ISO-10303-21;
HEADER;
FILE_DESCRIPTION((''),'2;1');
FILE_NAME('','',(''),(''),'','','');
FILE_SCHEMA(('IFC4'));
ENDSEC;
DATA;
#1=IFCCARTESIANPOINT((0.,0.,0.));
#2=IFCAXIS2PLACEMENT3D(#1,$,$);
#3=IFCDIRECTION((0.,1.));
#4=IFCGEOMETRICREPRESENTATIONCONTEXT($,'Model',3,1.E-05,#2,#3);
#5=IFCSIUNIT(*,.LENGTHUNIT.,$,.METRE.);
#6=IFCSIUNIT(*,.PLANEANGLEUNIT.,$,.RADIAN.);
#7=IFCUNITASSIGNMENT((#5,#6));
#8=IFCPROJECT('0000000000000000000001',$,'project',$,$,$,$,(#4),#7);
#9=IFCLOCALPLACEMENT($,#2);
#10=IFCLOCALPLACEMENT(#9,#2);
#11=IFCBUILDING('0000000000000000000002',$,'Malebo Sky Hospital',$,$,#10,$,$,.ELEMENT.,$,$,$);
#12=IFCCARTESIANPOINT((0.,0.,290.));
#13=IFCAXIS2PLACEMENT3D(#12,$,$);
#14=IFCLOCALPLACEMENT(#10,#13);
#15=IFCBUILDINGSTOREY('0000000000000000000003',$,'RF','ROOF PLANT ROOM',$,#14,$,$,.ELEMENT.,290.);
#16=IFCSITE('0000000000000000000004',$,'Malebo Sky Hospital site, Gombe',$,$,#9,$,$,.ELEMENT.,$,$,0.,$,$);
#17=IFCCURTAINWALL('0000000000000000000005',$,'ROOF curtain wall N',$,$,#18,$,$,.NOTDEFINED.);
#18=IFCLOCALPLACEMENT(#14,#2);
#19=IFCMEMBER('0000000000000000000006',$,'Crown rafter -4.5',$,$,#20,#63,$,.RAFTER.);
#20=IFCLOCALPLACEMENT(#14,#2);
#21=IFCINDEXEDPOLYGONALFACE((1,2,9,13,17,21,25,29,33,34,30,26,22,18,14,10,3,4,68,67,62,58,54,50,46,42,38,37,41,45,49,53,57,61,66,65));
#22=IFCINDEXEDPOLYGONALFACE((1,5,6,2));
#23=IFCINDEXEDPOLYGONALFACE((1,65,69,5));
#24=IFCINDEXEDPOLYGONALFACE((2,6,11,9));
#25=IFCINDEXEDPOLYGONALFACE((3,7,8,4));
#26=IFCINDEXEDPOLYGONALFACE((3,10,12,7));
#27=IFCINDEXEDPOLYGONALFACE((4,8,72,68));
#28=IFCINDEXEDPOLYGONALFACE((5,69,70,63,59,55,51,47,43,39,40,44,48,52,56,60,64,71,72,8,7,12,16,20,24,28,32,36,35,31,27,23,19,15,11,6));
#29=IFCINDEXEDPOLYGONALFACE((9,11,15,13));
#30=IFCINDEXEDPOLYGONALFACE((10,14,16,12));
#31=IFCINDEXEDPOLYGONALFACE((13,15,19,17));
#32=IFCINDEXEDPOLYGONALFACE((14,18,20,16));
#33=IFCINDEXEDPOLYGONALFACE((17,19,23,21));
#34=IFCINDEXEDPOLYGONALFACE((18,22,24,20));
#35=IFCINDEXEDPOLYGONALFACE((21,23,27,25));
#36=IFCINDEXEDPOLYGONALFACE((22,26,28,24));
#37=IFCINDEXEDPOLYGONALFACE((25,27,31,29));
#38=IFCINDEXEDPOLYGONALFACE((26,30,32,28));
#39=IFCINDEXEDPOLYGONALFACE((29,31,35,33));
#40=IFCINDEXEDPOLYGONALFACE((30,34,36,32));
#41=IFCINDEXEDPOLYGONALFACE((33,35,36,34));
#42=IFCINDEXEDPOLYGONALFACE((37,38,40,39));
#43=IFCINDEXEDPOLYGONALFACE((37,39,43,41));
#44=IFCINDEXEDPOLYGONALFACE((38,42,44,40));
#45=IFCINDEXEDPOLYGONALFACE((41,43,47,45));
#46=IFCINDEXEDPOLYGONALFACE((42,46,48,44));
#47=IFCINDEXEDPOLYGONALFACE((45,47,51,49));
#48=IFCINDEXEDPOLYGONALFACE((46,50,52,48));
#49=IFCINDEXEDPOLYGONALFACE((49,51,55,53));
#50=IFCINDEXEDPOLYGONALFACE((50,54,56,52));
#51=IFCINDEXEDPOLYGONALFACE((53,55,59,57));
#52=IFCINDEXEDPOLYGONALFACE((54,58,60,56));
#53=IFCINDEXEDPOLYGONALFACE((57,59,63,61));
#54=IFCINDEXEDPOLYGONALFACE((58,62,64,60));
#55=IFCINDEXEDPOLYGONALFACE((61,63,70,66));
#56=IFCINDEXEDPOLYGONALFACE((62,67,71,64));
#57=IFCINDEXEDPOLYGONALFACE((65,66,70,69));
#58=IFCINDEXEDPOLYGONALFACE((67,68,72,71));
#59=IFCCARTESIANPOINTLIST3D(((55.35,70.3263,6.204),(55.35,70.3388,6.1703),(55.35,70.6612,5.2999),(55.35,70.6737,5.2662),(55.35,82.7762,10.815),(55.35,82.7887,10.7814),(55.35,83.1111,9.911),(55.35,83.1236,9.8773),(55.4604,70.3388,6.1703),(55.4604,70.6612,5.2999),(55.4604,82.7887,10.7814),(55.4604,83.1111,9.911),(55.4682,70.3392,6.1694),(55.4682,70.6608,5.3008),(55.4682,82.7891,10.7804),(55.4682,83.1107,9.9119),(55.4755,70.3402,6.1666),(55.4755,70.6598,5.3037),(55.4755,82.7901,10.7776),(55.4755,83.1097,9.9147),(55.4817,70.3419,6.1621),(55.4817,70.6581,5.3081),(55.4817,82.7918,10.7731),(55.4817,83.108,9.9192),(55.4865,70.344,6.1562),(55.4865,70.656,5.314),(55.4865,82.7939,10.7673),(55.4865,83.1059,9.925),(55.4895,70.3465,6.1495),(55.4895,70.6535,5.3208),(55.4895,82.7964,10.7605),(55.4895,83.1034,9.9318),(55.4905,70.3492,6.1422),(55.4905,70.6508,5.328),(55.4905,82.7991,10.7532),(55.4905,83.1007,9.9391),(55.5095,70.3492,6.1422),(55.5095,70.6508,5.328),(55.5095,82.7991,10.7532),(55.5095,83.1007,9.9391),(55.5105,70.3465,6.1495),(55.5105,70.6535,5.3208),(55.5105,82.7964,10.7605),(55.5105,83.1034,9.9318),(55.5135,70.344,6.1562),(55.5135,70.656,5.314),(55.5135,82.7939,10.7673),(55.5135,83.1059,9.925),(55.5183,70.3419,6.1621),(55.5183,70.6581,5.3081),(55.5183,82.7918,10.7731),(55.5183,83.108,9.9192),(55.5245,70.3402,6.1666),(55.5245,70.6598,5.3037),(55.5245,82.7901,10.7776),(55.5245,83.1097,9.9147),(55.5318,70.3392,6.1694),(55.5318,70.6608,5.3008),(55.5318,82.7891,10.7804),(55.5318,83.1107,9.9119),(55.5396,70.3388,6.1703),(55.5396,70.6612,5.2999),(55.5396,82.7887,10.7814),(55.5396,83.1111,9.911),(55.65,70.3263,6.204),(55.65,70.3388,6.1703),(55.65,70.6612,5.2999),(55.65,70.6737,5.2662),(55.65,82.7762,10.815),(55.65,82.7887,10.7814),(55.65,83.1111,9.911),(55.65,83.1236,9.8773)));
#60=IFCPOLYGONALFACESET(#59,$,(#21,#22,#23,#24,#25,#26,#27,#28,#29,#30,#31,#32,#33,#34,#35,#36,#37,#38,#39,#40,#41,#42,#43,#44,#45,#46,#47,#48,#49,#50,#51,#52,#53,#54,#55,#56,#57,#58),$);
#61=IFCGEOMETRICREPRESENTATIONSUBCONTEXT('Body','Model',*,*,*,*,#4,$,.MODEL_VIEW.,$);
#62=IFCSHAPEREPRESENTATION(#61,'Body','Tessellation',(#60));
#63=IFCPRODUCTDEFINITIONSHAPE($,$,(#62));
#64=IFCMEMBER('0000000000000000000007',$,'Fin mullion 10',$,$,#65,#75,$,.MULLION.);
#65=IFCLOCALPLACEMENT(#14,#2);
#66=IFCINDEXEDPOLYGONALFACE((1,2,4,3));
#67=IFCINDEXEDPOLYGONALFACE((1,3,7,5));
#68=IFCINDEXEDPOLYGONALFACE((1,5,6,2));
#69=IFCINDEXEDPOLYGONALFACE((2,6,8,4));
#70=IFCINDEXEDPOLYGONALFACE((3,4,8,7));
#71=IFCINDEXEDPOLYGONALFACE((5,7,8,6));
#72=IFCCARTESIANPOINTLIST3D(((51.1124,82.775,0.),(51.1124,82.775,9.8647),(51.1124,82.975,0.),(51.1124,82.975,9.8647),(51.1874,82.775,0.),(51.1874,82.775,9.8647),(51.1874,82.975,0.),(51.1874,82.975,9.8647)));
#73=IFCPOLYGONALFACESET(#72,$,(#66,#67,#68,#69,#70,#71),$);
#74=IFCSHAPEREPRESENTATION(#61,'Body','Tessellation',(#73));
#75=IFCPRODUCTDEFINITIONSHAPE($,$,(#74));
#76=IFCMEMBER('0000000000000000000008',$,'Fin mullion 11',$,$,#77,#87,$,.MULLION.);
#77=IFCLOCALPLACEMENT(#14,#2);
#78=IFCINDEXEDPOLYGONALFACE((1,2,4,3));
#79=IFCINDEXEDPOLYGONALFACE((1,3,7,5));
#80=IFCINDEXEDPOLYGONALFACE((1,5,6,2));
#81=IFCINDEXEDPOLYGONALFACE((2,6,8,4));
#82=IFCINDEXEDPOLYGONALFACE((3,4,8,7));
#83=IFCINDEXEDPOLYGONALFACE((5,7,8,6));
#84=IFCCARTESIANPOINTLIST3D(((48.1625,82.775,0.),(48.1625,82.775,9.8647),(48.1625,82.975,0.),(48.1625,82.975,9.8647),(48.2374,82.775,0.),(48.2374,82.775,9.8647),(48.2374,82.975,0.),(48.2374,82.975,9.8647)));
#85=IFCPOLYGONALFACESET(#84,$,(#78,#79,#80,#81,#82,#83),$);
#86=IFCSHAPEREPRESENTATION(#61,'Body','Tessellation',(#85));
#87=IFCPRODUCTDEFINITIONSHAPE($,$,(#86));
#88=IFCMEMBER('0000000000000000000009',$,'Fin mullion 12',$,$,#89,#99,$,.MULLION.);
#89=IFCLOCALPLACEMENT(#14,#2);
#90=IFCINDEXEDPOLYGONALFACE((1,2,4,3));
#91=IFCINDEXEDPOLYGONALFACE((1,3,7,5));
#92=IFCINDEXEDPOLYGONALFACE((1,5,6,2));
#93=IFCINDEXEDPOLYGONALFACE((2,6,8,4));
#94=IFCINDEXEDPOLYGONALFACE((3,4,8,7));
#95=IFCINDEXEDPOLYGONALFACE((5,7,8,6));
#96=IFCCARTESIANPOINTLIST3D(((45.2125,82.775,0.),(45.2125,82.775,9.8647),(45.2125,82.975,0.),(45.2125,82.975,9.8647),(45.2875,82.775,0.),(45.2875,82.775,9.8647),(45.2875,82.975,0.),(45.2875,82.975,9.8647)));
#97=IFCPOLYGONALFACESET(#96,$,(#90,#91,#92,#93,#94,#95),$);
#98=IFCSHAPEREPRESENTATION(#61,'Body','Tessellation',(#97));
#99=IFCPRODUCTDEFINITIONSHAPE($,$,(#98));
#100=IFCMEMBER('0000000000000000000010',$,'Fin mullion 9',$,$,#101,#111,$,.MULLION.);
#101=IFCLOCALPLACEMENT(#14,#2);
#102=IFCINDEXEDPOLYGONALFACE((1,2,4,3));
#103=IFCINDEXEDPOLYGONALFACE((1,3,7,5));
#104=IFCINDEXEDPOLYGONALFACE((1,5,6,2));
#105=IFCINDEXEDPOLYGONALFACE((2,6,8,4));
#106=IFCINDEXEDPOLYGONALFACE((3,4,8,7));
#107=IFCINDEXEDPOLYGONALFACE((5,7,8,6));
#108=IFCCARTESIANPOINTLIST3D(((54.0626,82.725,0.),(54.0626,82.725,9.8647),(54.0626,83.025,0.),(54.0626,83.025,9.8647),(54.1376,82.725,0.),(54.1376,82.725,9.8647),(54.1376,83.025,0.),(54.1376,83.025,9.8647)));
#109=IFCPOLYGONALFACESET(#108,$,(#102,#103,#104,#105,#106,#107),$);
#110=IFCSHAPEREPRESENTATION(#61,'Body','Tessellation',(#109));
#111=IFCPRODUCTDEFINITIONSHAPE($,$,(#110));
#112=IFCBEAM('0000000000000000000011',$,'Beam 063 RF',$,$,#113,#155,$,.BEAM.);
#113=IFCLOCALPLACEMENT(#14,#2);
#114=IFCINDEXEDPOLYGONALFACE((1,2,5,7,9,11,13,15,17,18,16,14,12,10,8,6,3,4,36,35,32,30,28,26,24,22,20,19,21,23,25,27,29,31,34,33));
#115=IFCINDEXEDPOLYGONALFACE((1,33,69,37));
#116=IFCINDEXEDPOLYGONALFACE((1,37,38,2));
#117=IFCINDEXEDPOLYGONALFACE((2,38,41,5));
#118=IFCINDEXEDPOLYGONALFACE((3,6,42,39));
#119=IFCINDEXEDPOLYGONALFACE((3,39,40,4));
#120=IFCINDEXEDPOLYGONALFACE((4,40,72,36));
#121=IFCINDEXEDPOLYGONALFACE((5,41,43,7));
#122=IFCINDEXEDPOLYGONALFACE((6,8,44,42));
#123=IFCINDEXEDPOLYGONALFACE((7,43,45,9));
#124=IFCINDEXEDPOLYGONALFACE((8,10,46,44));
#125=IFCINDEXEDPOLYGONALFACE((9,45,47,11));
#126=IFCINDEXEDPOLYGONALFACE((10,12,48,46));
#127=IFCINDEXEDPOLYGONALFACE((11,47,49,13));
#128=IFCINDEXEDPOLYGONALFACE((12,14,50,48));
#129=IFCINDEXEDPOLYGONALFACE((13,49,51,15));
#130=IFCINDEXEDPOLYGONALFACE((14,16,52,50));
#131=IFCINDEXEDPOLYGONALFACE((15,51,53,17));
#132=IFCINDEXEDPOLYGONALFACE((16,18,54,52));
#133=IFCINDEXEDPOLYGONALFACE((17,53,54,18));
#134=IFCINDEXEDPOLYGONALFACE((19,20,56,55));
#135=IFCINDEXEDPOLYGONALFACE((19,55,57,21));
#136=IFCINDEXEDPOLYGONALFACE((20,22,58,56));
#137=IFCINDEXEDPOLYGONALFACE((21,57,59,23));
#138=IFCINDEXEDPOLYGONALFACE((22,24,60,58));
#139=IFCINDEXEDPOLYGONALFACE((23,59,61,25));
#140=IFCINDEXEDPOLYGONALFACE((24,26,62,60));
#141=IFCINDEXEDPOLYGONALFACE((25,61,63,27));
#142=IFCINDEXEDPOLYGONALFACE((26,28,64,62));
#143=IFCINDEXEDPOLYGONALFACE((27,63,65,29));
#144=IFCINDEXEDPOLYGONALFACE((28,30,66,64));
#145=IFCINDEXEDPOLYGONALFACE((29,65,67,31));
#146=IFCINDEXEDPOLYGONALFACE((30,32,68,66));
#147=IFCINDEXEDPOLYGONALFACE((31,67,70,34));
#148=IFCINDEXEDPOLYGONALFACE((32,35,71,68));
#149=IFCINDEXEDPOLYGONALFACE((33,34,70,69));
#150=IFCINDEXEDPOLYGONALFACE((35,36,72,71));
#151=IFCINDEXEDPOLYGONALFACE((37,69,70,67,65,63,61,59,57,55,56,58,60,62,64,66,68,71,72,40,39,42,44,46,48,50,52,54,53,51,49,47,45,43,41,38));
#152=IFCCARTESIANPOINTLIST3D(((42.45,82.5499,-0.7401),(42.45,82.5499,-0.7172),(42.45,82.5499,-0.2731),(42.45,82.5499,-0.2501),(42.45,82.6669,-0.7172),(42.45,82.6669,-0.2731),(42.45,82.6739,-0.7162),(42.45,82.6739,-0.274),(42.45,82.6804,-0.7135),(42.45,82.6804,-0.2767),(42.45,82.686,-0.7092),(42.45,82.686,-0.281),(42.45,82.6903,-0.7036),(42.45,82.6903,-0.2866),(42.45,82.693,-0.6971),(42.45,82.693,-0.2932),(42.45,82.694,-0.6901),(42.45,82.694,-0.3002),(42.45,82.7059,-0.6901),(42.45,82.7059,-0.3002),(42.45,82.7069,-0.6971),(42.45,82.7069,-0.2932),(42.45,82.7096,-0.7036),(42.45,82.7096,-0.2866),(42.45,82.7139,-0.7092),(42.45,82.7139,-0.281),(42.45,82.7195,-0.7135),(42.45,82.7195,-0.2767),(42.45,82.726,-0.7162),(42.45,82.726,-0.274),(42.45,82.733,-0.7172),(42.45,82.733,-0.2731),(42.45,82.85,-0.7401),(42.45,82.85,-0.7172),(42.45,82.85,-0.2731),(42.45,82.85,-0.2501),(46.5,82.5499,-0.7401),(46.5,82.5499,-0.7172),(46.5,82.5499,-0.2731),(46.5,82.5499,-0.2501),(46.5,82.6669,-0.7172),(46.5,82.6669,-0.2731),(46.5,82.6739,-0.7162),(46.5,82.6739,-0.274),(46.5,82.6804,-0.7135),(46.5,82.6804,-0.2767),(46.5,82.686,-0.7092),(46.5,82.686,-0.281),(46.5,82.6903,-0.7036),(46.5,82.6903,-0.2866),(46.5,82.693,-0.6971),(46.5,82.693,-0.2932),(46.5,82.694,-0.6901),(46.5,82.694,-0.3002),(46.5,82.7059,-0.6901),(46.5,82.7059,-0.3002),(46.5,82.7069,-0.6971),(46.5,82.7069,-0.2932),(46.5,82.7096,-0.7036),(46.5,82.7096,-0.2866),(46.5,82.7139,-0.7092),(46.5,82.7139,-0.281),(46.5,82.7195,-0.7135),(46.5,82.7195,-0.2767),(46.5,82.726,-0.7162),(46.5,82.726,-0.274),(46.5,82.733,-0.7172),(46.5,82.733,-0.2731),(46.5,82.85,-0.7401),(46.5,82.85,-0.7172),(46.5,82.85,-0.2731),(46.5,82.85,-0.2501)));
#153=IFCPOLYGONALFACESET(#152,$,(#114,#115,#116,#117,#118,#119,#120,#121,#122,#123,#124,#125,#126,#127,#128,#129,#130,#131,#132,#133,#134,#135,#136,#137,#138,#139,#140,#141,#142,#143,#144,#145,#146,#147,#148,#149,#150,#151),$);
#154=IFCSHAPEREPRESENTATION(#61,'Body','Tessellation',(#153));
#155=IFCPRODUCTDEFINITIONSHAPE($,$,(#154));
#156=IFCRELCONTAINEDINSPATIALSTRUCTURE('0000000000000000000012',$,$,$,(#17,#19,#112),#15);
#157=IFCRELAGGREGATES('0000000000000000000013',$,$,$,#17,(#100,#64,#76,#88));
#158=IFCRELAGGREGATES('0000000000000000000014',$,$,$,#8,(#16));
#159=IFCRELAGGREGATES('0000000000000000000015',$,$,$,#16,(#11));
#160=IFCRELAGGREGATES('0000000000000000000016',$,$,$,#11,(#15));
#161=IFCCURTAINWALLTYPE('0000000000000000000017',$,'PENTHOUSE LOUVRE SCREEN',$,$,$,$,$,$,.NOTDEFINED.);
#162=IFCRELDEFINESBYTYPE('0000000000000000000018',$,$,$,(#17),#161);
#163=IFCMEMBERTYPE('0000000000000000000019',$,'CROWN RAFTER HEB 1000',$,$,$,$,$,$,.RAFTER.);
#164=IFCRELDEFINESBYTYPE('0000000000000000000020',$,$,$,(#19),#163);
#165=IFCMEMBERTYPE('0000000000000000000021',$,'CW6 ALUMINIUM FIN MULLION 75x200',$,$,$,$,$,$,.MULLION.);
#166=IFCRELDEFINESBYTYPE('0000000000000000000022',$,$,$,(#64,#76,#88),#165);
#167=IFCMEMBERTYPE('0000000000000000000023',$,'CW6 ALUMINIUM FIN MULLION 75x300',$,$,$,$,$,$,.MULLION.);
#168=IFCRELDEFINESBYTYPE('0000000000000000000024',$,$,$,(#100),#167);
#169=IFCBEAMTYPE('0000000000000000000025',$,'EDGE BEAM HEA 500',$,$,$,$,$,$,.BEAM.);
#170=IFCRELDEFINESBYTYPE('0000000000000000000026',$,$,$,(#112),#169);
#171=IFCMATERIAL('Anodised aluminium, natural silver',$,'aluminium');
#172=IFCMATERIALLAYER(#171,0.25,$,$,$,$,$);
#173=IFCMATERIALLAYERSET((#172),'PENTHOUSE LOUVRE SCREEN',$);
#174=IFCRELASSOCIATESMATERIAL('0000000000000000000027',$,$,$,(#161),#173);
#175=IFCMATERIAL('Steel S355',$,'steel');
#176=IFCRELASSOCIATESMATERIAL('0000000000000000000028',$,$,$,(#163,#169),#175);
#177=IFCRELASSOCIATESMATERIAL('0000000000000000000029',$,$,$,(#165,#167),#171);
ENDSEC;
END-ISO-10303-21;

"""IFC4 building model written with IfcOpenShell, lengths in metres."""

from ifc_helpers import new_model, si_unit, direction, frame, origin, origin_2d, place, context, subcontext, project, spatial, rectangle, i_section, extrude, material, layer, layer_set, material_profile, profile_set, type_object, element, aggregate, save


model = new_model("IFC4")

# Units and contexts
model_context = context("Model", 3, precision=1e-05, world=origin(), true_north=direction((0.0, 1.0)))
body_context = subcontext(model_context, "Body", "Model", "MODEL_VIEW")
ifc_project = project(units=[si_unit("LENGTHUNIT", "METRE"), si_unit("PLANEANGLEUNIT", "RADIAN")], contexts=[model_context])

# Site, building, storey
site_placement = place(None, origin())
site = spatial("IfcSite", under=ifc_project, at=site_placement, Name="Malebo Sky Hospital site, Gombe", CompositionType="ELEMENT", RefElevation=0.0)
building_placement = place(site_placement, origin())
building = spatial("IfcBuilding", under=site, at=building_placement, Name="Malebo Sky Hospital", CompositionType="ELEMENT")
storey_placement = place(building_placement, frame((0.0, 0.0, 290.0)))
storey = spatial("IfcBuildingStorey", under=building, at=storey_placement, Name="RF", Description="ROOF PLANT ROOM", CompositionType="ELEMENT", Elevation=290.0)

# Shared definitions
ifc_material_1 = material(Name="Steel S355", Category="steel")

# Curtain wall
ifc_material_2 = material(Name="Anodised aluminium, natural silver", Category="aluminium")
ifc_layer_1 = layer(ifc_material_2, 0.25)
ifc_layer_set_1 = layer_set([ifc_layer_1], Name="PENTHOUSE LOUVRE SCREEN")
curtain_wall_type = type_object("IfcCurtainWallType", Name="PENTHOUSE LOUVRE SCREEN", PredefinedType="NOTDEFINED", material=ifc_layer_set_1)
curtain_wall_placement = place(storey_placement, origin())
curtain_wall = element("IfcCurtainWall", 1, at=curtain_wall_placement, inside=storey, type_object=curtain_wall_type, Name="ROOF curtain wall N", PredefinedType="NOTDEFINED")

# Member
ifc_material_profile_1 = material_profile(ifc_material_1, i_section(OverallWidth=0.3, OverallDepth=1.0, WebThickness=0.019, FlangeThickness=0.0359, FilletRadius=0.03, at=origin_2d()), Name="HEB 1000")
ifc_profile_set_1 = profile_set([ifc_material_profile_1], Name="Steel S355")
member_type_1 = type_object("IfcMemberType", Name="CROWN RAFTER HEB 1000", PredefinedType="RAFTER", material=ifc_profile_set_1)
member_1_placement = place(storey_placement, frame((55.5, 70.5, 5.7351), z_axis=(0.0, 0.937749, 0.347314), x_axis=(-1.0, 0.0, 0.0)))
element("IfcMember", 2, at=member_1_placement, inside=storey, type_object=member_type_1, Name="Crown rafter -4.5", PredefinedType="RAFTER", context=body_context, shape_type="SweptSolid", body=[
    extrude(i_section(OverallWidth=0.3, OverallDepth=1.0, WebThickness=0.019, FlangeThickness=0.0359, FilletRadius=0.03, at=origin_2d()), origin(), (0.0, 0.0, 1.0), 13.2764),
])

# Members
ifc_material_profile_2 = material_profile(ifc_material_2, rectangle(XDim=0.075, YDim=0.2, at=origin_2d()), Name="CW6 ALUMINIUM FIN MULLION 75x200")
ifc_profile_set_2 = profile_set([ifc_material_profile_2], Name="Anodised aluminium, natural silver")
member_type_2 = type_object("IfcMemberType", Name="CW6 ALUMINIUM FIN MULLION 75x200", PredefinedType="MULLION", material=ifc_profile_set_2)
member_2_placement = place(storey_placement, frame((51.1499, 82.875, 0.0), z_axis=(0.0, 0.0, 1.0), x_axis=(-1.0, 0.0, 0.0)))
member_2 = element("IfcMember", 3, at=member_2_placement, type_object=member_type_2, Name="Fin mullion 10", PredefinedType="MULLION", context=body_context, shape_type="SweptSolid", body=[
    extrude(rectangle(XDim=0.075, YDim=0.2, at=origin_2d()), origin(), (0.0, 0.0, 1.0), 9.8647),
])
member_3_placement = place(storey_placement, frame((48.2, 82.875, 0.0), z_axis=(0.0, 0.0, 1.0), x_axis=(-1.0, 0.0, 0.0)))
member_3 = element("IfcMember", 4, at=member_3_placement, type_object=member_type_2, Name="Fin mullion 11", PredefinedType="MULLION", context=body_context, shape_type="SweptSolid", body=[
    extrude(rectangle(XDim=0.075, YDim=0.2, at=origin_2d()), origin(), (0.0, 0.0, 1.0), 9.8647),
])
member_4_placement = place(storey_placement, frame((45.25, 82.875, 0.0), z_axis=(0.0, 0.0, 1.0), x_axis=(-1.0, 0.0, 0.0)))
member_4 = element("IfcMember", 5, at=member_4_placement, type_object=member_type_2, Name="Fin mullion 12", PredefinedType="MULLION", context=body_context, shape_type="SweptSolid", body=[
    extrude(rectangle(XDim=0.075, YDim=0.2, at=origin_2d()), origin(), (0.0, 0.0, 1.0), 9.8647),
])
ifc_material_profile_3 = material_profile(ifc_material_2, rectangle(XDim=0.075, YDim=0.3, at=origin_2d()), Name="CW6 ALUMINIUM FIN MULLION 75x300")
ifc_profile_set_3 = profile_set([ifc_material_profile_3], Name="Anodised aluminium, natural silver")
member_type_3 = type_object("IfcMemberType", Name="CW6 ALUMINIUM FIN MULLION 75x300", PredefinedType="MULLION", material=ifc_profile_set_3)
member_5_placement = place(storey_placement, frame((54.1001, 82.875, 0.0), z_axis=(0.0, 0.0, 1.0), x_axis=(-1.0, 0.0, 0.0)))
member_5 = element("IfcMember", 6, at=member_5_placement, type_object=member_type_3, Name="Fin mullion 9", PredefinedType="MULLION", context=body_context, shape_type="SweptSolid", body=[
    extrude(rectangle(XDim=0.075, YDim=0.3, at=origin_2d()), origin(), (0.0, 0.0, 1.0), 9.8647),
])

# Beam
ifc_material_profile_4 = material_profile(ifc_material_1, i_section(OverallWidth=0.3, OverallDepth=0.49, WebThickness=0.012, FlangeThickness=0.0229, FilletRadius=0.0271, at=origin_2d()), Name="HEA 500")
ifc_profile_set_4 = profile_set([ifc_material_profile_4], Name="Steel S355")
beam_type_1 = type_object("IfcBeamType", Name="EDGE BEAM HEA 500", PredefinedType="BEAM", material=ifc_profile_set_4)
beam_1_placement = place(storey_placement, frame((42.45, 82.7, -0.4951), z_axis=(1.0, 0.0, 0.0), x_axis=(0.0, 1.0, 0.0)))
element("IfcBeam", 7, at=beam_1_placement, inside=storey, type_object=beam_type_1, Name="Beam 063 RF", PredefinedType="BEAM", context=body_context, shape_type="SweptSolid", body=[
    extrude(i_section(OverallWidth=0.3, OverallDepth=0.49, WebThickness=0.012, FlangeThickness=0.0229, FilletRadius=0.0271, at=origin_2d()), origin(), (0.0, 0.0, 1.0), 4.05),
])

aggregate(curtain_wall, [member_5, member_2, member_3, member_4])

save(model, "model.ifc")
